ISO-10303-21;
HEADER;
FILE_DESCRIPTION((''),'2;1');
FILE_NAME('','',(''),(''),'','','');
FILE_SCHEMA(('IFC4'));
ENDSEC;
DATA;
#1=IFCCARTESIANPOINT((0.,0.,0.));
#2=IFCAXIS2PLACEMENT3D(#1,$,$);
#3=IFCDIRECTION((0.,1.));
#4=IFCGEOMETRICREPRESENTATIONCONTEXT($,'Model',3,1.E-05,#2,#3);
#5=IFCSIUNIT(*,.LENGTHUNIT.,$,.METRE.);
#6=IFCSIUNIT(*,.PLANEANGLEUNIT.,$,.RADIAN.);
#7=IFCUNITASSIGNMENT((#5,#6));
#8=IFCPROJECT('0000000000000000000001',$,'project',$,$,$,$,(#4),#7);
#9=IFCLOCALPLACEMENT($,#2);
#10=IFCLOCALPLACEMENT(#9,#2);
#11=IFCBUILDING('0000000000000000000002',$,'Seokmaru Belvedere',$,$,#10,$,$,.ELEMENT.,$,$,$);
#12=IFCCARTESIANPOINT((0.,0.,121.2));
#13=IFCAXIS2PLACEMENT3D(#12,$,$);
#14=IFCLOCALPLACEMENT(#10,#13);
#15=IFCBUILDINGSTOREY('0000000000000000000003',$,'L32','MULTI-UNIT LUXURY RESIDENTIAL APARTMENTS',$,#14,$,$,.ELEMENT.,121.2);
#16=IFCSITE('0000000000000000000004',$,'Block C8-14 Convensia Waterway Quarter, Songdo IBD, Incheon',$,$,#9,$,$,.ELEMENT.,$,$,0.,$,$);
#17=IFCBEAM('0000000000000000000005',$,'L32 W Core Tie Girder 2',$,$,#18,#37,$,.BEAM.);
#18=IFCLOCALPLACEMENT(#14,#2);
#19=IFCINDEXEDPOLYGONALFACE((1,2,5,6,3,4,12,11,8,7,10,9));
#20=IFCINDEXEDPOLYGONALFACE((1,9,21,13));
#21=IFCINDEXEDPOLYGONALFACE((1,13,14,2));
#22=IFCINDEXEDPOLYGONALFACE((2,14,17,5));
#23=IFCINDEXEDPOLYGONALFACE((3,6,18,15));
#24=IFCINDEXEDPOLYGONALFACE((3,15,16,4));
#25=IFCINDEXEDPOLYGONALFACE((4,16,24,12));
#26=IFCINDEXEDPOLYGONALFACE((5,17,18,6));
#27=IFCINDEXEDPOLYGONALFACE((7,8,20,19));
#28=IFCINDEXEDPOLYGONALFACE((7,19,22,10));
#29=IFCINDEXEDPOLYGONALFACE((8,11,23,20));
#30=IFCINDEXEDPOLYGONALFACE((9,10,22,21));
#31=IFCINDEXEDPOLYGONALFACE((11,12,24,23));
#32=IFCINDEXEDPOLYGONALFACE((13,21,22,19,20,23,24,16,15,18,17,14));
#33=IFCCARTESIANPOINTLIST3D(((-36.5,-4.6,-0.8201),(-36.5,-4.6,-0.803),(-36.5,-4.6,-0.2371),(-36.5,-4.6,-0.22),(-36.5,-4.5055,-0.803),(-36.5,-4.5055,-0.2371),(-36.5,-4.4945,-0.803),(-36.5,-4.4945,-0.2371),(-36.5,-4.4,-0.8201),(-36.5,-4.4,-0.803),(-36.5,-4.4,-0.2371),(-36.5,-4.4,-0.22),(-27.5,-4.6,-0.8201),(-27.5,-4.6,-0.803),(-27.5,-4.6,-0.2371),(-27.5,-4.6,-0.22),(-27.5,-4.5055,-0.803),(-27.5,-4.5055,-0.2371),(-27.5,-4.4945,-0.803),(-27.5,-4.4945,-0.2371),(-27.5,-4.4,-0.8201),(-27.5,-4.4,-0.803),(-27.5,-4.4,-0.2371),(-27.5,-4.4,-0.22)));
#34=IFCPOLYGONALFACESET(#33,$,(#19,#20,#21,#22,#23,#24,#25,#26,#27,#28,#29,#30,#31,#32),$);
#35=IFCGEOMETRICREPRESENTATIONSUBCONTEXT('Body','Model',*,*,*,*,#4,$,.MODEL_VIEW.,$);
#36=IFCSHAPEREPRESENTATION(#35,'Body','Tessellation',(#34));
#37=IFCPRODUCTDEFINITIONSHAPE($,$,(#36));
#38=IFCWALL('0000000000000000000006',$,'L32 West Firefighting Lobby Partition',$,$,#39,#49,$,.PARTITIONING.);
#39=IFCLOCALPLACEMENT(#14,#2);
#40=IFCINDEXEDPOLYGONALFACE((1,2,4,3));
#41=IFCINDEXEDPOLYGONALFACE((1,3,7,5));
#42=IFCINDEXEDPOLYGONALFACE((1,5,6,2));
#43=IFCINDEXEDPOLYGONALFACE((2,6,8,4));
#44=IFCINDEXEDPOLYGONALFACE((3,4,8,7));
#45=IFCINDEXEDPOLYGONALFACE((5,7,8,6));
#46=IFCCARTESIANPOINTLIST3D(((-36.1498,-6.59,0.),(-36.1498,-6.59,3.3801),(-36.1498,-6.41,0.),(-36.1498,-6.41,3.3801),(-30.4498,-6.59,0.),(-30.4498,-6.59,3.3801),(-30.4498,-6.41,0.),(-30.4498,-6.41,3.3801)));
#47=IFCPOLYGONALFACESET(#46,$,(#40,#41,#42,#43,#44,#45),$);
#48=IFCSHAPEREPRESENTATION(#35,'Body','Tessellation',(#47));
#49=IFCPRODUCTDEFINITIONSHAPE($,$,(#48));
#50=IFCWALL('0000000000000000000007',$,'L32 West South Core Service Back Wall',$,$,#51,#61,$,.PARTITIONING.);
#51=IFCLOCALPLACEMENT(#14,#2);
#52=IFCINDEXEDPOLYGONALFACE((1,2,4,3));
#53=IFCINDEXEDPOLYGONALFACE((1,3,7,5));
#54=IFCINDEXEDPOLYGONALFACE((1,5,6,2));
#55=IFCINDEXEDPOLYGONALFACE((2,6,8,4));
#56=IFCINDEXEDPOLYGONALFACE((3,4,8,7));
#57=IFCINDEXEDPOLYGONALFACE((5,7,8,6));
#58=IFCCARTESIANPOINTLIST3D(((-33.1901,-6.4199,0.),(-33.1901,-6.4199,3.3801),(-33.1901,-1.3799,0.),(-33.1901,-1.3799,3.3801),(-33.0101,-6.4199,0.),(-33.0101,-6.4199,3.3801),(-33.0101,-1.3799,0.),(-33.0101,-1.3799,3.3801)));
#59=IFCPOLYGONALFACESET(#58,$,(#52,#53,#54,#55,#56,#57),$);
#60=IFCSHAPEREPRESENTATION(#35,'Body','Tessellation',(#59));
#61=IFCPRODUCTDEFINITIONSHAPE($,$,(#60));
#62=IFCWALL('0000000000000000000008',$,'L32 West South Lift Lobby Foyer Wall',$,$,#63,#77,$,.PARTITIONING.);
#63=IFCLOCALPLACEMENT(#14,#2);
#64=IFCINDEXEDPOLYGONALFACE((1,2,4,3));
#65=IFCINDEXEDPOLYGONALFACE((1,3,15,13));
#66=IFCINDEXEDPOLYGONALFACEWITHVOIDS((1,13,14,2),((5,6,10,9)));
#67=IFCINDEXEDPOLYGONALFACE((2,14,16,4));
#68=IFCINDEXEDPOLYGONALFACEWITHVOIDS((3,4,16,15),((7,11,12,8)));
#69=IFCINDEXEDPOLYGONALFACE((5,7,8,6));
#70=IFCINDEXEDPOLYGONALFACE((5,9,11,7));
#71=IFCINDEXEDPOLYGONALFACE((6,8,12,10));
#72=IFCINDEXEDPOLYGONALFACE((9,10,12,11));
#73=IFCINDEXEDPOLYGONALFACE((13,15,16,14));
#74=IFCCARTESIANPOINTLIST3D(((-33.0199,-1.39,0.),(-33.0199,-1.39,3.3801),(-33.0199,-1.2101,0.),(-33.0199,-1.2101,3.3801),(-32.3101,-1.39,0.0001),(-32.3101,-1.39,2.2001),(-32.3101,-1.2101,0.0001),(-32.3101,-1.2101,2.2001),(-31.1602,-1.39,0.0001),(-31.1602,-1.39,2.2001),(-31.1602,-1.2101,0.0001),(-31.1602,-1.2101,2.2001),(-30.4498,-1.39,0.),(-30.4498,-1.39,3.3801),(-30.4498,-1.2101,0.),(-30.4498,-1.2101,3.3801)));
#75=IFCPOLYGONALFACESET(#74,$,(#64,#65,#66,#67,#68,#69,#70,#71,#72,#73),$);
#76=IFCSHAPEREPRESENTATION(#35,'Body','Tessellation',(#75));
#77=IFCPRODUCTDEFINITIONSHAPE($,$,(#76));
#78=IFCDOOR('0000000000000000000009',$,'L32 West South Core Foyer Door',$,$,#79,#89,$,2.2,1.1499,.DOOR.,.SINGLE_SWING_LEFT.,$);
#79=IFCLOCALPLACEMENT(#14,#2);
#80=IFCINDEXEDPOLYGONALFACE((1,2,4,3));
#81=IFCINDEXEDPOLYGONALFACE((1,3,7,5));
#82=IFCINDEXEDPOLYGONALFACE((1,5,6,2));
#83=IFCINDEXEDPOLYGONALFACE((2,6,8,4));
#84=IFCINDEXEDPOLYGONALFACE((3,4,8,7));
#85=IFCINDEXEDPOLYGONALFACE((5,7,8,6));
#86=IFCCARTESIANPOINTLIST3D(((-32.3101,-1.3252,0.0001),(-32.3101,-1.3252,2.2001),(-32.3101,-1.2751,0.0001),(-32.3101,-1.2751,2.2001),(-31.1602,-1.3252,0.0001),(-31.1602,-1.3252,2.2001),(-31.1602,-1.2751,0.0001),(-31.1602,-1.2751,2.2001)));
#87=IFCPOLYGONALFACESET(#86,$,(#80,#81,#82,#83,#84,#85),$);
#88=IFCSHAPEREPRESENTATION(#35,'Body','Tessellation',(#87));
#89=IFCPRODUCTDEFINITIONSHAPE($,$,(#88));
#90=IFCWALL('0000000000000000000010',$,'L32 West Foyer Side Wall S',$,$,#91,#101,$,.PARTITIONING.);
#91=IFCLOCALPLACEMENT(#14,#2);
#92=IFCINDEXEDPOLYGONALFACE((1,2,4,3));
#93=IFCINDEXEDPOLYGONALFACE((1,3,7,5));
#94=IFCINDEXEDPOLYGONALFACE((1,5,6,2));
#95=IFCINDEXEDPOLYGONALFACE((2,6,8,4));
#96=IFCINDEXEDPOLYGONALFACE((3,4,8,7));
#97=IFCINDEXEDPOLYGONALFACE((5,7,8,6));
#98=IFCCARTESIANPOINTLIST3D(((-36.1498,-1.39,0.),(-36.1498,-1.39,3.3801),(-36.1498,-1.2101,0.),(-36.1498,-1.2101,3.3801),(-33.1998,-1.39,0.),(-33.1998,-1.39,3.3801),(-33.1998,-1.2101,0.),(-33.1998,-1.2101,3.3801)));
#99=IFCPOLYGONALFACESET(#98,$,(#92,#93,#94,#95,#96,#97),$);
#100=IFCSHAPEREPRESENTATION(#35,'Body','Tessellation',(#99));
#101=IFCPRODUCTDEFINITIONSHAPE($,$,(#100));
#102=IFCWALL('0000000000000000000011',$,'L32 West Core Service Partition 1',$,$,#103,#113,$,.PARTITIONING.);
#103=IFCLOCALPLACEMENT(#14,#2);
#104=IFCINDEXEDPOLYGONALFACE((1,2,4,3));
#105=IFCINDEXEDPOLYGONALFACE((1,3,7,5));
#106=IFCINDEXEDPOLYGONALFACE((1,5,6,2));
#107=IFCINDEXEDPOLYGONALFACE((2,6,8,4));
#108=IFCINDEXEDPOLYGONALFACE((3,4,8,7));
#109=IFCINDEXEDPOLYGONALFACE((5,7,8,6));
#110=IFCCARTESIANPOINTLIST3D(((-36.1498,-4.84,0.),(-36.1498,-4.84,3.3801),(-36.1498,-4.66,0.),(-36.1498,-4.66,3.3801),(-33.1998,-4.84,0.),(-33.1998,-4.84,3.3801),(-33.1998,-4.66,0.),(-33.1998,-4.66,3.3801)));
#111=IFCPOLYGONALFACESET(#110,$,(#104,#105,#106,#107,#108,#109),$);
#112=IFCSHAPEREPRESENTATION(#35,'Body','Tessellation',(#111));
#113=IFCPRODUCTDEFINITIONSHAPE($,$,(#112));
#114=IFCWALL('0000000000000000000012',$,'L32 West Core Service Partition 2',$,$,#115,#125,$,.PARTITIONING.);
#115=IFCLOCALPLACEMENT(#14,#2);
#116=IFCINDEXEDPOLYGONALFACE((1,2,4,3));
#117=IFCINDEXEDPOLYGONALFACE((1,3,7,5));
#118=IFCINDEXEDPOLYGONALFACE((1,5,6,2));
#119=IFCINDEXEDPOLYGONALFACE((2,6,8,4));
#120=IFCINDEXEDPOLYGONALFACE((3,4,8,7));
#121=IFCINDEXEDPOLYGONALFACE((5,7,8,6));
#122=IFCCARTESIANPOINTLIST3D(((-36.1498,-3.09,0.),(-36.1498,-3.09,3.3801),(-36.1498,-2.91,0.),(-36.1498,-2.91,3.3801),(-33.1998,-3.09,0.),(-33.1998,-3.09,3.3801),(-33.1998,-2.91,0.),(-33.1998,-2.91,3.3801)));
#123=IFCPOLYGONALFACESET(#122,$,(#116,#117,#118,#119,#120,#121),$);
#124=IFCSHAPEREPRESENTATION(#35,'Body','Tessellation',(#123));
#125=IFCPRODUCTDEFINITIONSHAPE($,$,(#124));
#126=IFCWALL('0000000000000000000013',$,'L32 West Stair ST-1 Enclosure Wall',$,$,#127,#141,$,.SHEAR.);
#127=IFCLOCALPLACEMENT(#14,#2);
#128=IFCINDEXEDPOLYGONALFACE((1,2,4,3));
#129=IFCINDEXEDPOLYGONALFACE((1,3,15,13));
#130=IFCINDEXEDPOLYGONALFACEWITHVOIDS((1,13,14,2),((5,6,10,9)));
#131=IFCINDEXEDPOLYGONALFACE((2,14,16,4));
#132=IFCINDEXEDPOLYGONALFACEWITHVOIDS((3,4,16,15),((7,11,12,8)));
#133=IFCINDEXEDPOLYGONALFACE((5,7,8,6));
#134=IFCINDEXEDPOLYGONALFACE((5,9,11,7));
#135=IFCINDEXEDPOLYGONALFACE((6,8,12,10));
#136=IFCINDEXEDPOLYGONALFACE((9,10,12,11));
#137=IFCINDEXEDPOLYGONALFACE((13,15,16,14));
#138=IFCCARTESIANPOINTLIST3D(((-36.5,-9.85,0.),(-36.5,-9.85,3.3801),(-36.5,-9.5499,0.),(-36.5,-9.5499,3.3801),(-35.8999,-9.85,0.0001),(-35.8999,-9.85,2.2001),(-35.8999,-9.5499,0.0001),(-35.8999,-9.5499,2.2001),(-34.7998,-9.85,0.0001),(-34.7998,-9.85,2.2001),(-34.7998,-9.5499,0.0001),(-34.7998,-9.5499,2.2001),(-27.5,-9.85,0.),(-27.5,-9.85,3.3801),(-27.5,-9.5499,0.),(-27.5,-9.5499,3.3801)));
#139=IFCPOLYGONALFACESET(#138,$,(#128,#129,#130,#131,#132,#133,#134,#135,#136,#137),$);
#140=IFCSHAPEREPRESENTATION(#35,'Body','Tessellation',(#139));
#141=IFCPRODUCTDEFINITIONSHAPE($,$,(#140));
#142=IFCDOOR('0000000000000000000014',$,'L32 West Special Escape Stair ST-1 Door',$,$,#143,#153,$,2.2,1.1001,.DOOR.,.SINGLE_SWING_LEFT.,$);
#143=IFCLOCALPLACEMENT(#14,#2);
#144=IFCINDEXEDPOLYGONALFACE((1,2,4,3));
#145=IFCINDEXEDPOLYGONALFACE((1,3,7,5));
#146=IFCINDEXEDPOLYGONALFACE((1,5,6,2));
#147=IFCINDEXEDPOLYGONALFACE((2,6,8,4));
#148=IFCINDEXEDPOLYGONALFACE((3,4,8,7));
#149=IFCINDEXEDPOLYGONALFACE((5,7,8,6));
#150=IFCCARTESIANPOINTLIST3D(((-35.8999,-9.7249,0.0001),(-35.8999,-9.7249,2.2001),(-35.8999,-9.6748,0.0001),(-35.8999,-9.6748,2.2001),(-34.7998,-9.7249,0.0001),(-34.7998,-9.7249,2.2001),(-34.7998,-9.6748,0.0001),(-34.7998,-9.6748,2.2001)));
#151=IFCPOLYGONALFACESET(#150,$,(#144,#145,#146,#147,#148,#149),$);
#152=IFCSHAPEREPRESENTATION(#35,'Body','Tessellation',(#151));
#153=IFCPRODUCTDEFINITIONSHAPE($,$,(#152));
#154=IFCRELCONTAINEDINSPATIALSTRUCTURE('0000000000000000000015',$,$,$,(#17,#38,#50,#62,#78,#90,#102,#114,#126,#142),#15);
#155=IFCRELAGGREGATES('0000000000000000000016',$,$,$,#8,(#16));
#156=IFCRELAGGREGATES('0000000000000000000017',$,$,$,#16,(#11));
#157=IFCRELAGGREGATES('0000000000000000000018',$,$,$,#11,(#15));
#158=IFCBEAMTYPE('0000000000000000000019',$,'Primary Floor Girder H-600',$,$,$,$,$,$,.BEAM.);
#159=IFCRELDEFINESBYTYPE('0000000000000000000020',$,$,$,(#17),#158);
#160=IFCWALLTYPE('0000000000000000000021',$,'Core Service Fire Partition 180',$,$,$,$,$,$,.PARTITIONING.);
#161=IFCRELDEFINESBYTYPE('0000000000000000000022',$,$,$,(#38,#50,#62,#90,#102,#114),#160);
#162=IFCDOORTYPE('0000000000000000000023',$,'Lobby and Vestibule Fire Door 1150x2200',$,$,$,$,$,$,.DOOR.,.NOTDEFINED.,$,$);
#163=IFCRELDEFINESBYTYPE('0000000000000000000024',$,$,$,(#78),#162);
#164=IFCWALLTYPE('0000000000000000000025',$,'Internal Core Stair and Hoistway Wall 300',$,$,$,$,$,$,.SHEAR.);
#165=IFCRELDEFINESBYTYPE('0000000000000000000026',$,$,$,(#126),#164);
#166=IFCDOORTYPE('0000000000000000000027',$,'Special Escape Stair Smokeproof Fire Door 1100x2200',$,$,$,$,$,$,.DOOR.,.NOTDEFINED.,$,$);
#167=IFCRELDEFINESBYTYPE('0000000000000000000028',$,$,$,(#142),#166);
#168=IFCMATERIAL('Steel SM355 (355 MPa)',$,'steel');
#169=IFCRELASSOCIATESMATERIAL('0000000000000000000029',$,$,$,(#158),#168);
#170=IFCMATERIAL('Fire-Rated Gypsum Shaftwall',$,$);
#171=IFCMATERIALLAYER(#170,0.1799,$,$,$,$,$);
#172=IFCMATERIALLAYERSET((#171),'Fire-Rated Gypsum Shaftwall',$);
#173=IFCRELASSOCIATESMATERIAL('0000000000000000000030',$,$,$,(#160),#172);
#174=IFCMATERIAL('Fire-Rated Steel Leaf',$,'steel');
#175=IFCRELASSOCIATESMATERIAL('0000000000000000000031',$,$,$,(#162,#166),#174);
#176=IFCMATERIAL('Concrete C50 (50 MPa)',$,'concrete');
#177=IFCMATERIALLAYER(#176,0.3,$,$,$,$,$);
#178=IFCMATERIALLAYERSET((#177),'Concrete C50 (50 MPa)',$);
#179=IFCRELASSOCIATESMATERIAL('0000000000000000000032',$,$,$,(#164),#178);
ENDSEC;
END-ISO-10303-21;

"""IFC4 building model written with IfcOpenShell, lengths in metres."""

from ifc_helpers import new_model, si_unit, direction, frame, frame_2d, origin, origin_2d, place, context, subcontext, project, spatial, rectangle, i_section, extrude, source, transform, mapped, material, layer, layer_set, material_profile, profile_set, type_object, type_shapes, element, fill, save


model = new_model("IFC4")

# Units and contexts
model_context = context("Model", 3, precision=1e-05, world=origin(), true_north=direction((0.0, 1.0)))
body_context = subcontext(model_context, "Body", "Model", "MODEL_VIEW")
ifc_project = project(units=[si_unit("LENGTHUNIT", "METRE"), si_unit("PLANEANGLEUNIT", "RADIAN")], contexts=[model_context])

# Site, building, storey
site_placement = place(None, origin())
site = spatial("IfcSite", under=ifc_project, at=site_placement, Name="Block C8-14 Convensia Waterway Quarter, Songdo IBD, Incheon", CompositionType="ELEMENT", RefElevation=0.0)
building_placement = place(site_placement, origin())
building = spatial("IfcBuilding", under=site, at=building_placement, Name="Seokmaru Belvedere", CompositionType="ELEMENT")
storey_placement = place(building_placement, frame((0.0, 0.0, 121.2)))
storey = spatial("IfcBuildingStorey", under=building, at=storey_placement, Name="L32", Description="MULTI-UNIT LUXURY RESIDENTIAL APARTMENTS", CompositionType="ELEMENT", Elevation=121.2)

# Beam
ifc_material_1 = material(Name="Steel SM355 (355 MPa)", Category="steel")
ifc_material_profile = material_profile(ifc_material_1, i_section(OverallWidth=0.2, OverallDepth=0.6001, WebThickness=0.011, FlangeThickness=0.0171, at=origin_2d()), Name="H-600x200x11x17")
ifc_profile_set = profile_set([ifc_material_profile], Name="Steel SM355 (355 MPa)")
beam_type = type_object("IfcBeamType", Name="Primary Floor Girder H-600", PredefinedType="BEAM", material=ifc_profile_set)
shared_shape_1 = source(origin(), body_context, "Body", "SweptSolid", [
    extrude(i_section(OverallWidth=0.2, OverallDepth=0.6001, WebThickness=0.011, FlangeThickness=0.0171, at=origin_2d()), origin(), (0.0, 0.0, 1.0), 9.0),
])
type_shapes(beam_type, [shared_shape_1])
beam_placement = place(storey_placement, frame((-36.5, -4.5, -0.52), z_axis=(1.0, 0.0, 0.0), x_axis=(0.0, 1.0, 0.0)))
element("IfcBeam", 1, at=beam_placement, inside=storey, type_object=beam_type, Name="L32 W Core Tie Girder 2", PredefinedType="BEAM", context=body_context, shape_type="MappedRepresentation", body=[
    mapped(shared_shape_1, transform((0.0, 0.0, 0.0), scale=1.0)),
])

# Walls
ifc_material_2 = material(Name="Fire-Rated Gypsum Shaftwall")
ifc_layer_1 = layer(ifc_material_2, 0.1799)
ifc_layer_set_1 = layer_set([ifc_layer_1], Name="Fire-Rated Gypsum Shaftwall")
wall_type_1 = type_object("IfcWallType", Name="Core Service Fire Partition 180", PredefinedType="PARTITIONING", material=ifc_layer_set_1)
wall_1_placement = place(storey_placement, frame((-36.1499, -6.5, 0.0), z_axis=(0.0, 0.0, 1.0), x_axis=(1.0, 0.0, 0.0)))
element("IfcWall", 2, at=wall_1_placement, inside=storey, type_object=wall_type_1, Name="L32 West Firefighting Lobby Partition", PredefinedType="PARTITIONING", context=body_context, shape_type="SweptSolid", body=[
    extrude(rectangle(XDim=5.7, YDim=0.1799, at=frame_2d((2.8501, 0.0))), origin(), (0.0, 0.0, 1.0), 3.3801),
])
wall_2_placement = place(storey_placement, frame((-33.1001, -6.4199, 0.0), z_axis=(0.0, 0.0, 1.0), x_axis=(0.0, 1.0, 0.0)))
element("IfcWall", 3, at=wall_2_placement, inside=storey, type_object=wall_type_1, Name="L32 West South Core Service Back Wall", PredefinedType="PARTITIONING", context=body_context, shape_type="SweptSolid", body=[
    extrude(rectangle(XDim=5.04, YDim=0.1799, at=frame_2d((2.52, 0.0))), origin(), (0.0, 0.0, 1.0), 3.3801),
])

# Wall, opening, door
wall_3_placement = place(storey_placement, frame((-33.02, -1.3, 0.0), z_axis=(0.0, 0.0, 1.0), x_axis=(1.0, 0.0, 0.0)))
wall_3 = element("IfcWall", 4, at=wall_3_placement, inside=storey, type_object=wall_type_1, Name="L32 West South Lift Lobby Foyer Wall", PredefinedType="PARTITIONING", context=body_context, shape_type="SweptSolid", body=[
    extrude(rectangle(XDim=2.5701, YDim=0.1799, at=frame_2d((1.2852, 0.0))), origin(), (0.0, 0.0, 1.0), 3.3801),
])
opening_1_placement = place(wall_3_placement, frame((0.71, 0.0, 0.0)))
opening_1 = element("IfcOpeningElement", 5, at=opening_1_placement, cuts=wall_3, PredefinedType="OPENING", context=body_context, shape_type="SweptSolid", body=[
    extrude(rectangle(XDim=1.1499, YDim=2.2, at=frame_2d((0.575, 1.1001))), frame((0.0, 0.1001, 0.0), z_axis=(0.0, -1.0, 0.0), x_axis=(1.0, 0.0, 0.0)), (0.0, 0.0, 1.0), 0.2),
])
ifc_material_3 = material(Name="Fire-Rated Steel Leaf", Category="steel")
door_type_1 = type_object("IfcDoorType", Name="Lobby and Vestibule Fire Door 1150x2200", OperationType="NOTDEFINED", PredefinedType="DOOR", material=ifc_material_3)
shared_shape_2 = source(origin(), body_context, "Body", "SweptSolid", [
    extrude(rectangle(XDim=1.1499, YDim=2.2, at=frame_2d((0.575, 1.1001))), frame((0.0, 0.0249, 0.0), z_axis=(0.0, -1.0, 0.0), x_axis=(1.0, 0.0, 0.0)), (0.0, 0.0, 1.0), 0.05),
])
type_shapes(door_type_1, [shared_shape_2])
door_1_placement = place(opening_1_placement, origin())
door_1 = element("IfcDoor", 6, at=door_1_placement, inside=storey, type_object=door_type_1, Name="L32 West South Core Foyer Door", OperationType="SINGLE_SWING_LEFT", OverallHeight=2.2, OverallWidth=1.1499, PredefinedType="DOOR", context=body_context, shape_type="MappedRepresentation", body=[
    mapped(shared_shape_2, transform((0.0, 0.0, 0.0), scale=1.0)),
])
fill(opening_1, door_1)

# Walls
for number, where, z_axis, x_axis, name in (
    (7, (-36.1499, -1.3, 0.0), (0.0, 0.0, 1.0), (1.0, 0.0, 0.0), "L32 West Foyer Side Wall S"),
    (8, (-36.1499, -4.75, 0.0), (0.0, 0.0, 1.0), (1.0, 0.0, 0.0), "L32 West Core Service Partition 1"),
    (9, (-36.1499, -3.0, 0.0), (0.0, 0.0, 1.0), (1.0, 0.0, 0.0), "L32 West Core Service Partition 2"),
):
    element("IfcWall", number, at=place(storey_placement, frame(where, z_axis=z_axis, x_axis=x_axis)), inside=storey, type_object=wall_type_1, Name=name, PredefinedType="PARTITIONING", context=body_context, shape_type="SweptSolid", body=[
        extrude(rectangle(XDim=2.95, YDim=0.1799, at=frame_2d((1.4751, 0.0))), origin(), (0.0, 0.0, 1.0), 3.3801),
    ])

# Wall, opening, door
ifc_material_4 = material(Name="Concrete C50 (50 MPa)", Category="concrete")
ifc_layer_2 = layer(ifc_material_4, 0.3)
ifc_layer_set_2 = layer_set([ifc_layer_2], Name="Concrete C50 (50 MPa)")
wall_type_2 = type_object("IfcWallType", Name="Internal Core Stair and Hoistway Wall 300", PredefinedType="SHEAR", material=ifc_layer_set_2)
wall_4_placement = place(storey_placement, frame((-36.5, -9.7, 0.0), z_axis=(0.0, 0.0, 1.0), x_axis=(1.0, 0.0, 0.0)))
wall_4 = element("IfcWall", 10, at=wall_4_placement, inside=storey, type_object=wall_type_2, Name="L32 West Stair ST-1 Enclosure Wall", PredefinedType="SHEAR", context=body_context, shape_type="SweptSolid", body=[
    extrude(rectangle(XDim=9.0, YDim=0.3, at=frame_2d((4.5, 0.0))), origin(), (0.0, 0.0, 1.0), 3.3801),
])
opening_2_placement = place(wall_4_placement, frame((0.6001, 0.0, 0.0)))
opening_2 = element("IfcOpeningElement", 11, at=opening_2_placement, cuts=wall_4, PredefinedType="OPENING", context=body_context, shape_type="SweptSolid", body=[
    extrude(rectangle(XDim=1.1001, YDim=2.2, at=frame_2d((0.55, 1.1001))), frame((0.0, 0.1602, 0.0), z_axis=(0.0, -1.0, 0.0), x_axis=(1.0, 0.0, 0.0)), (0.0, 0.0, 1.0), 0.3201),
])
door_type_2 = type_object("IfcDoorType", Name="Special Escape Stair Smokeproof Fire Door 1100x2200", OperationType="NOTDEFINED", PredefinedType="DOOR", material=ifc_material_3)
shared_shape_3 = source(origin(), body_context, "Body", "SweptSolid", [
    extrude(rectangle(XDim=1.1001, YDim=2.2, at=frame_2d((0.55, 1.1001))), frame((0.0, 0.0249, 0.0), z_axis=(0.0, -1.0, 0.0), x_axis=(1.0, 0.0, 0.0)), (0.0, 0.0, 1.0), 0.05),
])
type_shapes(door_type_2, [shared_shape_3])
door_2_placement = place(opening_2_placement, frame((1.1001, 0.0, 0.0), z_axis=(0.0, 0.0, 1.0), x_axis=(-1.0, 0.0, 0.0)))
door_2 = element("IfcDoor", 12, at=door_2_placement, inside=storey, type_object=door_type_2, Name="L32 West Special Escape Stair ST-1 Door", OperationType="SINGLE_SWING_LEFT", OverallHeight=2.2, OverallWidth=1.1001, PredefinedType="DOOR", context=body_context, shape_type="MappedRepresentation", body=[
    mapped(shared_shape_3, transform((0.0, 0.0, 0.0), scale=1.0)),
])
fill(opening_2, door_2)

save(model, "model.ifc")
